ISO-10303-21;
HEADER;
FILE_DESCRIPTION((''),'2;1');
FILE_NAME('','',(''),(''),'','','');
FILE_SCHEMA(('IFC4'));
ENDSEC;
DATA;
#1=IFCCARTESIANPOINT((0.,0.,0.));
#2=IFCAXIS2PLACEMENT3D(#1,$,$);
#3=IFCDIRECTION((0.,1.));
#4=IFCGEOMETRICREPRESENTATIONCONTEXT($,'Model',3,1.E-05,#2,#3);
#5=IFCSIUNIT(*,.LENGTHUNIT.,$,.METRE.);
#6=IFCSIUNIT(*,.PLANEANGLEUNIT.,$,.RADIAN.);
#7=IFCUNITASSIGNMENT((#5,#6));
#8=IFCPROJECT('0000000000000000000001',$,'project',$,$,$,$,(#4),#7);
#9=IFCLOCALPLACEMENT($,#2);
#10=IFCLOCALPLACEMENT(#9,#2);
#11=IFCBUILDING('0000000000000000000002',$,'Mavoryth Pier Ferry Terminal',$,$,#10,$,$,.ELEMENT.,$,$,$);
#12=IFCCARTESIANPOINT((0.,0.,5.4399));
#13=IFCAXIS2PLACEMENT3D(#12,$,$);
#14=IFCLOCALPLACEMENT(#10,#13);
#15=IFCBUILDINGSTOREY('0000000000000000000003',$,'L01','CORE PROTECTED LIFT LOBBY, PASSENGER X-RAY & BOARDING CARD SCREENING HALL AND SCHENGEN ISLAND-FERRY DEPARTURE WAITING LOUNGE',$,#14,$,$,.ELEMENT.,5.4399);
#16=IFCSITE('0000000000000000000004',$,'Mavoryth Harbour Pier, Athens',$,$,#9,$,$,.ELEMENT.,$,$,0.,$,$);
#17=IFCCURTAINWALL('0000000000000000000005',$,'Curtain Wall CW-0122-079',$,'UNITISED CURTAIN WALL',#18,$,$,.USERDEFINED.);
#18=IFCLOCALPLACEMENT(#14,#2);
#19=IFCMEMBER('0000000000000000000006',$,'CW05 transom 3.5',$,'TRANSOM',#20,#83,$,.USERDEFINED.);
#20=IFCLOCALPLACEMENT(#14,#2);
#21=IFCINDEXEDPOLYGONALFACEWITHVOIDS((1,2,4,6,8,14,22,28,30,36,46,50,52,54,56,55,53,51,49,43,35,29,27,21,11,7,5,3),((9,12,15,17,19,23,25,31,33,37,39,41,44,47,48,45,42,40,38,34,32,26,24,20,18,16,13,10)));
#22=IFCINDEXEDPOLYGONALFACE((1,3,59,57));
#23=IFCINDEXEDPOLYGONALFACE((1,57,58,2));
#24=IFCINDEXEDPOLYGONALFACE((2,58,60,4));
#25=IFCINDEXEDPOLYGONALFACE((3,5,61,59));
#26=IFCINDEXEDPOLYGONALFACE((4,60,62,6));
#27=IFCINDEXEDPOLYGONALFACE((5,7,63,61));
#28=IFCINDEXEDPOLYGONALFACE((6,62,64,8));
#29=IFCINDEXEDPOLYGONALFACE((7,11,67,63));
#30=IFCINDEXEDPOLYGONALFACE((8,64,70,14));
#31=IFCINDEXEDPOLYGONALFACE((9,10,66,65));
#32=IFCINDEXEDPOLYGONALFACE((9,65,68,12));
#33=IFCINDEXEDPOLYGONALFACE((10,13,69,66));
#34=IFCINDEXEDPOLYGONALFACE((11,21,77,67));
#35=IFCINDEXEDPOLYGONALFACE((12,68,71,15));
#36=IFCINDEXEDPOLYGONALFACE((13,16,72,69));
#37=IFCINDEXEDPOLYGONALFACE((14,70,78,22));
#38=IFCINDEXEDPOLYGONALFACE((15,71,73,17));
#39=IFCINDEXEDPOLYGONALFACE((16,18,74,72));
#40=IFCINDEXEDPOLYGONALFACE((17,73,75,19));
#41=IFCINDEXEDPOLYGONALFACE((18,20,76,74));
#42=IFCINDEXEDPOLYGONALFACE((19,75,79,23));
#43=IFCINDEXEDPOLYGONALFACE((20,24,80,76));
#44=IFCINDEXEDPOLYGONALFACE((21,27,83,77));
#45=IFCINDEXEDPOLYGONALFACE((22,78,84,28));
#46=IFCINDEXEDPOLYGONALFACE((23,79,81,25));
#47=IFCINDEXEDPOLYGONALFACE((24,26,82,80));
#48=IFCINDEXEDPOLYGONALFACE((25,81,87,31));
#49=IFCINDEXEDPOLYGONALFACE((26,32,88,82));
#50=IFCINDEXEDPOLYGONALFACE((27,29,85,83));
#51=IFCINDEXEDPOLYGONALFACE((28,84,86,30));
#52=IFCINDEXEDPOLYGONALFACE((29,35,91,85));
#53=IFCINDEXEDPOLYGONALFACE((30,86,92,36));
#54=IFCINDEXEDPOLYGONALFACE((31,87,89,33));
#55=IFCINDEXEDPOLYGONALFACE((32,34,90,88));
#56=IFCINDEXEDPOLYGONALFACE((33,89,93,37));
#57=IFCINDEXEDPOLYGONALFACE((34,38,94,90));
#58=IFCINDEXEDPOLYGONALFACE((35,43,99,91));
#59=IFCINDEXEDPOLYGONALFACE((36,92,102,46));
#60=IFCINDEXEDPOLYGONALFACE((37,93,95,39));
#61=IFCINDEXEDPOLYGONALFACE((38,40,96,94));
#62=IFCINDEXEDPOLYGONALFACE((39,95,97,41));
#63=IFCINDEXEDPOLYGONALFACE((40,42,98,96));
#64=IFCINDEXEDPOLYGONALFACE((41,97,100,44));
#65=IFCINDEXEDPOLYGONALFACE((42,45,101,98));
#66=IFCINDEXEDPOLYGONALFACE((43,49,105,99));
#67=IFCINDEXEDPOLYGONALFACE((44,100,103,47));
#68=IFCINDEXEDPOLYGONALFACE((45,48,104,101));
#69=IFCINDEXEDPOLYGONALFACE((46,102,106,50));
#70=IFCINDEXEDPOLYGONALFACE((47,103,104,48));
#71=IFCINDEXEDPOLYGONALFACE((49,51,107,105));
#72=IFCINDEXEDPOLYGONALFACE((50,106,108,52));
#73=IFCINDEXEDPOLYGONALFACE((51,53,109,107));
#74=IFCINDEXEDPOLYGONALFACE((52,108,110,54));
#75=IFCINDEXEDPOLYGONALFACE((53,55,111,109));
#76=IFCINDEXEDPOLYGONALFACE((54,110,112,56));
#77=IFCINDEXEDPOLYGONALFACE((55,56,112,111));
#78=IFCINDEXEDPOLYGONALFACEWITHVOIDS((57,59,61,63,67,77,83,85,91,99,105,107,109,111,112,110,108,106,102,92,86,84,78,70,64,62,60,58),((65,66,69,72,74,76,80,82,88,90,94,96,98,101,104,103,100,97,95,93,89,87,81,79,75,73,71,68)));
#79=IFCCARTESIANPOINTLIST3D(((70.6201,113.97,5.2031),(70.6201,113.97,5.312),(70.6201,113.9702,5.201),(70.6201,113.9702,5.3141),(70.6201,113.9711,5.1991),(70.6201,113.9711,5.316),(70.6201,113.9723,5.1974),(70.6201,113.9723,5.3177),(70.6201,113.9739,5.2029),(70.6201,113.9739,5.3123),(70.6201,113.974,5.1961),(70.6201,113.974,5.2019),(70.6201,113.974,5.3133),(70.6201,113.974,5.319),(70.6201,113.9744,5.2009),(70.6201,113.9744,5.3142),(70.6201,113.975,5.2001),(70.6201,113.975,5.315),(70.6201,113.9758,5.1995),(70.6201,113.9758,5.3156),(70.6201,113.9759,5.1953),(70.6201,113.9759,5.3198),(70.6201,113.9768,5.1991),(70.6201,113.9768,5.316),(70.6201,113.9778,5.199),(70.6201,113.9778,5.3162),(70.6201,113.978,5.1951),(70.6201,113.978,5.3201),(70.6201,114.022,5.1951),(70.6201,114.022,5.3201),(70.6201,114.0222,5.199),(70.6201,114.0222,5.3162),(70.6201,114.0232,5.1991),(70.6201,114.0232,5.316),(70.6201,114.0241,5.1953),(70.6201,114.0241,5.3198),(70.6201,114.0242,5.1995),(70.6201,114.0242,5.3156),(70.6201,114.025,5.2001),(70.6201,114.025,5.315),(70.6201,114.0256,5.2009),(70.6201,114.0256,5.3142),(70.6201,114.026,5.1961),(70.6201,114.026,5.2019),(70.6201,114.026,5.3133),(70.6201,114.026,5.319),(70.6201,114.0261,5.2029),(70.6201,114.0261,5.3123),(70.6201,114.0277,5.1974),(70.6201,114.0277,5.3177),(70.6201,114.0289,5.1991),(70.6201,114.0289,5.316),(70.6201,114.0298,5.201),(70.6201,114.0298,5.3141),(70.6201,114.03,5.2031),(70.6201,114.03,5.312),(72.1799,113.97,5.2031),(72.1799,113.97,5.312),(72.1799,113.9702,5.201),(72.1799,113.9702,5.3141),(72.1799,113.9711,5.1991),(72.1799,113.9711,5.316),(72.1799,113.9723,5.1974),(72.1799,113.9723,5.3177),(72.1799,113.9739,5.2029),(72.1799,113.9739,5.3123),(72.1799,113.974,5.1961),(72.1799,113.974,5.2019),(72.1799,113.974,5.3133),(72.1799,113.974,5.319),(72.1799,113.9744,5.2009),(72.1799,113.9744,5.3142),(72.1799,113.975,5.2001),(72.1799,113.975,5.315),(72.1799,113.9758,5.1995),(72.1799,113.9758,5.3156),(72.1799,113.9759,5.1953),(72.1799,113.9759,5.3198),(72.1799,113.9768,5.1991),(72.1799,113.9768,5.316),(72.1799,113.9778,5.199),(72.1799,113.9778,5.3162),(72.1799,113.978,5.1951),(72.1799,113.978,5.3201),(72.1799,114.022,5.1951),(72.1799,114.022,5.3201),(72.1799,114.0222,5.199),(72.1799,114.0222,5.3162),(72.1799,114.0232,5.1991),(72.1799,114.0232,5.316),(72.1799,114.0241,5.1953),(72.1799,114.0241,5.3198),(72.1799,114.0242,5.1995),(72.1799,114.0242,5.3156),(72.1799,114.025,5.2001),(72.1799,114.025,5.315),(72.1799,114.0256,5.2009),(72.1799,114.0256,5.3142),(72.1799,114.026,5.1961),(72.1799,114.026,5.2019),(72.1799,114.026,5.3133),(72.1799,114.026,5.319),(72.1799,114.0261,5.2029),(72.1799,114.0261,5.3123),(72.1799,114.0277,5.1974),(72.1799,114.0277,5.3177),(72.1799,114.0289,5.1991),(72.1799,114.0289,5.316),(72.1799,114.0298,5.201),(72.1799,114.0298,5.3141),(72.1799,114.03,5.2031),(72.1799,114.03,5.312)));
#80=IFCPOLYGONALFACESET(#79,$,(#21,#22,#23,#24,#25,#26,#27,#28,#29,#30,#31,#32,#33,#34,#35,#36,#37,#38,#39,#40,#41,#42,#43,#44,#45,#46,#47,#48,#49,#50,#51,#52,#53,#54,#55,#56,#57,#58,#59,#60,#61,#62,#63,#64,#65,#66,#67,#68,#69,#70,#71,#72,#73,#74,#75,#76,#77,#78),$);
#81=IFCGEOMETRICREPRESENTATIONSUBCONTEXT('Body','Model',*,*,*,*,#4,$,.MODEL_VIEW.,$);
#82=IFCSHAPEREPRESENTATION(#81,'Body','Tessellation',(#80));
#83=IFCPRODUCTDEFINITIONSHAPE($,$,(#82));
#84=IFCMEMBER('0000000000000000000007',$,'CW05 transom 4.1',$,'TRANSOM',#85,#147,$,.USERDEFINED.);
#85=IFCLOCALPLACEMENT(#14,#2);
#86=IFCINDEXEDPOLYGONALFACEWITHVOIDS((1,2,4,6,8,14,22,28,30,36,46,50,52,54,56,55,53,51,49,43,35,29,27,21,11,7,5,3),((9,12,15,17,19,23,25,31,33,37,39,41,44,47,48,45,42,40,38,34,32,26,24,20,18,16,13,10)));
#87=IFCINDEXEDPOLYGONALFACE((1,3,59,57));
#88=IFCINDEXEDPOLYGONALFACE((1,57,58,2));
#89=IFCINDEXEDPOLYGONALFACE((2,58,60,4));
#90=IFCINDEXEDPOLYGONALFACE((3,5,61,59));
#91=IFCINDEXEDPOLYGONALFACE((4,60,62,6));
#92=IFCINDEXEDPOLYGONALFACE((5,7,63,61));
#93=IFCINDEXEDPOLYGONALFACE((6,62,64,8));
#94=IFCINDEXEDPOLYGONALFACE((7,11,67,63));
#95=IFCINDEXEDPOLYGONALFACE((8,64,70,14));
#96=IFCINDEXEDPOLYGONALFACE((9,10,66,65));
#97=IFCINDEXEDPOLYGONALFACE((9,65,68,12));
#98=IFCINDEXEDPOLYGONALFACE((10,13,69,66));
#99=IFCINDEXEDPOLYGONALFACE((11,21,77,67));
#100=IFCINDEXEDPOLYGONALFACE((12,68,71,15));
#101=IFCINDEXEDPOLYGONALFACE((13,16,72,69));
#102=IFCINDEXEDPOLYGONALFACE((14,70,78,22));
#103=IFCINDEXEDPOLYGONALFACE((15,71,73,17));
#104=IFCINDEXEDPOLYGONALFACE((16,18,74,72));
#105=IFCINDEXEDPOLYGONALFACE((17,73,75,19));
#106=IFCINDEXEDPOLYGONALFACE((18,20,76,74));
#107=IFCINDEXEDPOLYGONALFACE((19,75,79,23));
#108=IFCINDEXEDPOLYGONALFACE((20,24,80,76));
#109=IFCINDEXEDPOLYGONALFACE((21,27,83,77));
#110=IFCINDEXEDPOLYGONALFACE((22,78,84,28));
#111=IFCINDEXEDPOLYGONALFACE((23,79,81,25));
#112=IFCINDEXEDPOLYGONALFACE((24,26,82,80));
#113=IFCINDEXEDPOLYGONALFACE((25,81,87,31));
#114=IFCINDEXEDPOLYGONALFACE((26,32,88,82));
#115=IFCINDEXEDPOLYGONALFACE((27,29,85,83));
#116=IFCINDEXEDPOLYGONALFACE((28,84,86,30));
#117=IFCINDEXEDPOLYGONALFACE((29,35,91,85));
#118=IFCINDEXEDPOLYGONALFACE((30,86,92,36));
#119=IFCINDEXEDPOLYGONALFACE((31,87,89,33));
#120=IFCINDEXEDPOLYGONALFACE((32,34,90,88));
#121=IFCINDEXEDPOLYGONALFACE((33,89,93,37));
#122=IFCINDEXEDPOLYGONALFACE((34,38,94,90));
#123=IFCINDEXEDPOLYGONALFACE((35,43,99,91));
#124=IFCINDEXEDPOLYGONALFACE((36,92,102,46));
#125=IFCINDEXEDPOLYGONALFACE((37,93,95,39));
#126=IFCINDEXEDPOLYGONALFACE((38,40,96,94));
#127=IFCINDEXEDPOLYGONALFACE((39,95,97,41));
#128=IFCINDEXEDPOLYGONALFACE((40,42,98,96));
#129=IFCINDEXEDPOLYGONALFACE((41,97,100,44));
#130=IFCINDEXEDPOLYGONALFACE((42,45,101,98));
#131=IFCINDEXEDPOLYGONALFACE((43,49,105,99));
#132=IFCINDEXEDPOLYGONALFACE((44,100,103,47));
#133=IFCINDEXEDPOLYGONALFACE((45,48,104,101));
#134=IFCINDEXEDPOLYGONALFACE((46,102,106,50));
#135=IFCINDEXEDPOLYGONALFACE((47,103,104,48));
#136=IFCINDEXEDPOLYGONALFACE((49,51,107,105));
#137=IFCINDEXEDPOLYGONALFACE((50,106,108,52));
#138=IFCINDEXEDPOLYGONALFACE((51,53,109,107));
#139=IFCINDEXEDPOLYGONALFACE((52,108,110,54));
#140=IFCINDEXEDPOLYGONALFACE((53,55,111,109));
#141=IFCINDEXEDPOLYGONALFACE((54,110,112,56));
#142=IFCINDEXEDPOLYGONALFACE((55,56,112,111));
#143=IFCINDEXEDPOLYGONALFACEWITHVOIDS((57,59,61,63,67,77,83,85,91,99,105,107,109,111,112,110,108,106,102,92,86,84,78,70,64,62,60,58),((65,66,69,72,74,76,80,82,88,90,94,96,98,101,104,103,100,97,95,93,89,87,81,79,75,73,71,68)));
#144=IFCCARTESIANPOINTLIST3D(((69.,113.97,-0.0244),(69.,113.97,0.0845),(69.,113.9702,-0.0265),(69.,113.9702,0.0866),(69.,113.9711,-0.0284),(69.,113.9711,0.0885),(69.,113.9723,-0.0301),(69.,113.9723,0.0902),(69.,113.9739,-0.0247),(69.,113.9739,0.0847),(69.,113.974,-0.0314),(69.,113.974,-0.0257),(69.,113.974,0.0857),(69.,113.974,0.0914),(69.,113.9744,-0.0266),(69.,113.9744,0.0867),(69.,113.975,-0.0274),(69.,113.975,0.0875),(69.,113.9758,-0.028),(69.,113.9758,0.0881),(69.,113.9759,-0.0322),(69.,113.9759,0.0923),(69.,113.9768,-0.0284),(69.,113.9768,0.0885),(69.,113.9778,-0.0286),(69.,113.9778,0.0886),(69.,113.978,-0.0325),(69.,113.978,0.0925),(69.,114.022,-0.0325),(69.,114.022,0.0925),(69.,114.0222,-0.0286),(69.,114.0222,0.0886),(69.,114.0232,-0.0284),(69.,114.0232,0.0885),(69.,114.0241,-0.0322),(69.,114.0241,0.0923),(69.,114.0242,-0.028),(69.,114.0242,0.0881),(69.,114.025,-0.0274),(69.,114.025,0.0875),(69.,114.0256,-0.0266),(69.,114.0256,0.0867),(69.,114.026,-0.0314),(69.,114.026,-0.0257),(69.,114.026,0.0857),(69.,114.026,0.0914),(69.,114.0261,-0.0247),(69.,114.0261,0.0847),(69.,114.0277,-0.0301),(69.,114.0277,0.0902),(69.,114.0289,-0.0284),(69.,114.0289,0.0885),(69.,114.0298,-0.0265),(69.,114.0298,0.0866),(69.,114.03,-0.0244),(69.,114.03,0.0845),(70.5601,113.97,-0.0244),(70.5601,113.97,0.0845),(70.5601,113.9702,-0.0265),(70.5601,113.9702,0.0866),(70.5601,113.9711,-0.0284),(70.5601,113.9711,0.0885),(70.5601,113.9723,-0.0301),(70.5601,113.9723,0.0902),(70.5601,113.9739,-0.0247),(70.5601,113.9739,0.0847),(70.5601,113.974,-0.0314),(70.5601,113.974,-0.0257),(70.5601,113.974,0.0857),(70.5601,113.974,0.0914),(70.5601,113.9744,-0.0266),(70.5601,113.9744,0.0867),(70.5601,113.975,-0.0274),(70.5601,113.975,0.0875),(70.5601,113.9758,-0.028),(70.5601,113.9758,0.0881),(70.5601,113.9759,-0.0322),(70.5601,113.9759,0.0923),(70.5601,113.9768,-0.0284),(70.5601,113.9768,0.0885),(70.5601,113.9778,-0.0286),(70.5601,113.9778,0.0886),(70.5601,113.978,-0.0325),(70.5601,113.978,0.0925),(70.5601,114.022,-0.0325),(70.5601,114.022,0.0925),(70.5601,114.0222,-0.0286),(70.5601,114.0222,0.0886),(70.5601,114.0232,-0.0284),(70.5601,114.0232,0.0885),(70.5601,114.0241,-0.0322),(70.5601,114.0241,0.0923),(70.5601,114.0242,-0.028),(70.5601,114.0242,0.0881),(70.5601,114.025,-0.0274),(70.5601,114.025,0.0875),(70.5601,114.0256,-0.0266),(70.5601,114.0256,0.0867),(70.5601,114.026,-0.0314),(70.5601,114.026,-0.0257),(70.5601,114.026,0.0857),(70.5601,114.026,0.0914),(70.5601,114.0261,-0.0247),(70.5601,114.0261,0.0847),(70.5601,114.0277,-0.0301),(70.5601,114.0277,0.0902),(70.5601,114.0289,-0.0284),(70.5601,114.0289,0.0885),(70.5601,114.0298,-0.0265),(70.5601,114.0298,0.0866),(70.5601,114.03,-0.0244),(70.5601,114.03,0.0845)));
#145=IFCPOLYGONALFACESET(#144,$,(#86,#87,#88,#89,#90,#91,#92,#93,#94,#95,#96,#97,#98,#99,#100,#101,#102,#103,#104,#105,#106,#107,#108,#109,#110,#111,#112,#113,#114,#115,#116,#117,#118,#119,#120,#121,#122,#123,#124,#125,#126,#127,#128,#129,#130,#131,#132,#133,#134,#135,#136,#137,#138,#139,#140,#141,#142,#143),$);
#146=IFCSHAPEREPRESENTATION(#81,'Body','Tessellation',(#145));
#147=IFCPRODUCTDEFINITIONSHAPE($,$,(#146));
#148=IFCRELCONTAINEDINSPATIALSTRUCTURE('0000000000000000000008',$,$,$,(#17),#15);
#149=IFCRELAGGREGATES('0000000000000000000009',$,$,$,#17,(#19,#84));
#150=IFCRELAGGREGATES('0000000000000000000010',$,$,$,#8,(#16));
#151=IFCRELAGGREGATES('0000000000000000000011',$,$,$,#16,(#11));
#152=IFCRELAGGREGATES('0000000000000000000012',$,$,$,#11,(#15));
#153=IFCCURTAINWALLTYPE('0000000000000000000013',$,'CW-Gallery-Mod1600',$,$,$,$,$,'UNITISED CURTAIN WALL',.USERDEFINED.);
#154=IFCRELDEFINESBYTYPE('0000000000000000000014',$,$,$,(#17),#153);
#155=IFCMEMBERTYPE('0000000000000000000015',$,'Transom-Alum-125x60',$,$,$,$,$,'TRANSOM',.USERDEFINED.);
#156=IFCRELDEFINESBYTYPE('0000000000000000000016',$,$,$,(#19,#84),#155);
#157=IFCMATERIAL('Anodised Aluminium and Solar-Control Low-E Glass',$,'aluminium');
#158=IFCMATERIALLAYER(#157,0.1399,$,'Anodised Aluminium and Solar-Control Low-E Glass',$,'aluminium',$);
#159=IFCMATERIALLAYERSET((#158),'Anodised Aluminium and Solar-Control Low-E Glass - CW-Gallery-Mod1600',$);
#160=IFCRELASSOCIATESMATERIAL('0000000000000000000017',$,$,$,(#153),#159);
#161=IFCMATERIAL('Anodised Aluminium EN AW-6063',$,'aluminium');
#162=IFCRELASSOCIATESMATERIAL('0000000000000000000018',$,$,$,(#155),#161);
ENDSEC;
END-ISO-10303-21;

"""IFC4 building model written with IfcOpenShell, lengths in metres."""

from ifc_helpers import new_model, si_unit, direction, frame, origin, origin_2d, place, context, subcontext, project, spatial, hollow_rectangle, extrude, material, layer, layer_set, material_profile, profile_set, type_object, element, aggregate, save


model = new_model("IFC4")

# Units and contexts
model_context = context("Model", 3, precision=1e-05, world=origin(), true_north=direction((0.0, 1.0)))
body_context = subcontext(model_context, "Body", "Model", "MODEL_VIEW")
ifc_project = project(units=[si_unit("LENGTHUNIT", "METRE"), si_unit("PLANEANGLEUNIT", "RADIAN")], contexts=[model_context])

# Site, building, storey
site_placement = place(None, origin())
site = spatial("IfcSite", under=ifc_project, at=site_placement, Name="Mavoryth Harbour Pier, Athens", CompositionType="ELEMENT", RefElevation=0.0)
building_placement = place(site_placement, origin())
building = spatial("IfcBuilding", under=site, at=building_placement, Name="Mavoryth Pier Ferry Terminal", CompositionType="ELEMENT")
storey_placement = place(building_placement, frame((0.0, 0.0, 5.4399)))
storey = spatial("IfcBuildingStorey", under=building, at=storey_placement, Name="L01", Description="CORE PROTECTED LIFT LOBBY, PASSENGER X-RAY & BOARDING CARD SCREENING HALL AND SCHENGEN ISLAND-FERRY DEPARTURE WAITING LOUNGE", CompositionType="ELEMENT", Elevation=5.4399)

# Curtain wall, members
ifc_material_1 = material(Name="Anodised Aluminium and Solar-Control Low-E Glass", Category="aluminium")
ifc_layer_1 = layer(ifc_material_1, 0.1399, Name="Anodised Aluminium and Solar-Control Low-E Glass", Category="aluminium")
ifc_layer_set_1 = layer_set([ifc_layer_1], Name="Anodised Aluminium and Solar-Control Low-E Glass - CW-Gallery-Mod1600")
curtain_wall_type = type_object("IfcCurtainWallType", Name="CW-Gallery-Mod1600", ElementType="UNITISED CURTAIN WALL", PredefinedType="USERDEFINED", material=ifc_layer_set_1)
curtain_wall_placement = place(storey_placement, origin())
curtain_wall = element("IfcCurtainWall", 1, at=curtain_wall_placement, inside=storey, type_object=curtain_wall_type, Name="Curtain Wall CW-0122-079", ObjectType="UNITISED CURTAIN WALL", PredefinedType="USERDEFINED")
ifc_material_2 = material(Name="Anodised Aluminium EN AW-6063", Category="aluminium")
ifc_material_profile_1 = material_profile(ifc_material_2, hollow_rectangle(XDim=0.0601, YDim=0.125, WallThickness=0.0039, InnerFilletRadius=0.0039, OuterFilletRadius=0.0081, at=origin_2d()), Name="AL-TRAN 125x60x4", Category="aluminium")
ifc_profile_set_1 = profile_set([ifc_material_profile_1], Name="Anodised Aluminium EN AW-6063 - AL-TRAN 125x60x4")
member_type_1 = type_object("IfcMemberType", Name="Transom-Alum-125x60", ElementType="TRANSOM", PredefinedType="USERDEFINED", material=ifc_profile_set_1)
member_1_placement = place(storey_placement, frame((72.1799, 114.0, 5.2576), z_axis=(-1.0, 0.0, 0.0), x_axis=(0.0, -1.0, 0.0)))
member_1 = element("IfcMember", 2, at=member_1_placement, type_object=member_type_1, Name="CW05 transom 3.5", ObjectType="TRANSOM", PredefinedType="USERDEFINED", context=body_context, shape_type="SweptSolid", body=[
    extrude(hollow_rectangle(XDim=0.0601, YDim=0.125, WallThickness=0.0039, InnerFilletRadius=0.0039, OuterFilletRadius=0.0081, at=origin_2d()), origin(), (0.0, 0.0, 1.0), 1.5598),
])
member_2_placement = place(storey_placement, frame((70.5601, 114.0, 0.03), z_axis=(-1.0, 0.0, 0.0), x_axis=(0.0, -1.0, 0.0)))
member_2 = element("IfcMember", 3, at=member_2_placement, type_object=member_type_1, Name="CW05 transom 4.1", ObjectType="TRANSOM", PredefinedType="USERDEFINED", context=body_context, shape_type="SweptSolid", body=[
    extrude(hollow_rectangle(XDim=0.0601, YDim=0.125, WallThickness=0.0039, InnerFilletRadius=0.0039, OuterFilletRadius=0.0081, at=origin_2d()), origin(), (0.0, 0.0, 1.0), 1.5601),
])
aggregate(curtain_wall, [member_1, member_2])

save(model, "model.ifc")
